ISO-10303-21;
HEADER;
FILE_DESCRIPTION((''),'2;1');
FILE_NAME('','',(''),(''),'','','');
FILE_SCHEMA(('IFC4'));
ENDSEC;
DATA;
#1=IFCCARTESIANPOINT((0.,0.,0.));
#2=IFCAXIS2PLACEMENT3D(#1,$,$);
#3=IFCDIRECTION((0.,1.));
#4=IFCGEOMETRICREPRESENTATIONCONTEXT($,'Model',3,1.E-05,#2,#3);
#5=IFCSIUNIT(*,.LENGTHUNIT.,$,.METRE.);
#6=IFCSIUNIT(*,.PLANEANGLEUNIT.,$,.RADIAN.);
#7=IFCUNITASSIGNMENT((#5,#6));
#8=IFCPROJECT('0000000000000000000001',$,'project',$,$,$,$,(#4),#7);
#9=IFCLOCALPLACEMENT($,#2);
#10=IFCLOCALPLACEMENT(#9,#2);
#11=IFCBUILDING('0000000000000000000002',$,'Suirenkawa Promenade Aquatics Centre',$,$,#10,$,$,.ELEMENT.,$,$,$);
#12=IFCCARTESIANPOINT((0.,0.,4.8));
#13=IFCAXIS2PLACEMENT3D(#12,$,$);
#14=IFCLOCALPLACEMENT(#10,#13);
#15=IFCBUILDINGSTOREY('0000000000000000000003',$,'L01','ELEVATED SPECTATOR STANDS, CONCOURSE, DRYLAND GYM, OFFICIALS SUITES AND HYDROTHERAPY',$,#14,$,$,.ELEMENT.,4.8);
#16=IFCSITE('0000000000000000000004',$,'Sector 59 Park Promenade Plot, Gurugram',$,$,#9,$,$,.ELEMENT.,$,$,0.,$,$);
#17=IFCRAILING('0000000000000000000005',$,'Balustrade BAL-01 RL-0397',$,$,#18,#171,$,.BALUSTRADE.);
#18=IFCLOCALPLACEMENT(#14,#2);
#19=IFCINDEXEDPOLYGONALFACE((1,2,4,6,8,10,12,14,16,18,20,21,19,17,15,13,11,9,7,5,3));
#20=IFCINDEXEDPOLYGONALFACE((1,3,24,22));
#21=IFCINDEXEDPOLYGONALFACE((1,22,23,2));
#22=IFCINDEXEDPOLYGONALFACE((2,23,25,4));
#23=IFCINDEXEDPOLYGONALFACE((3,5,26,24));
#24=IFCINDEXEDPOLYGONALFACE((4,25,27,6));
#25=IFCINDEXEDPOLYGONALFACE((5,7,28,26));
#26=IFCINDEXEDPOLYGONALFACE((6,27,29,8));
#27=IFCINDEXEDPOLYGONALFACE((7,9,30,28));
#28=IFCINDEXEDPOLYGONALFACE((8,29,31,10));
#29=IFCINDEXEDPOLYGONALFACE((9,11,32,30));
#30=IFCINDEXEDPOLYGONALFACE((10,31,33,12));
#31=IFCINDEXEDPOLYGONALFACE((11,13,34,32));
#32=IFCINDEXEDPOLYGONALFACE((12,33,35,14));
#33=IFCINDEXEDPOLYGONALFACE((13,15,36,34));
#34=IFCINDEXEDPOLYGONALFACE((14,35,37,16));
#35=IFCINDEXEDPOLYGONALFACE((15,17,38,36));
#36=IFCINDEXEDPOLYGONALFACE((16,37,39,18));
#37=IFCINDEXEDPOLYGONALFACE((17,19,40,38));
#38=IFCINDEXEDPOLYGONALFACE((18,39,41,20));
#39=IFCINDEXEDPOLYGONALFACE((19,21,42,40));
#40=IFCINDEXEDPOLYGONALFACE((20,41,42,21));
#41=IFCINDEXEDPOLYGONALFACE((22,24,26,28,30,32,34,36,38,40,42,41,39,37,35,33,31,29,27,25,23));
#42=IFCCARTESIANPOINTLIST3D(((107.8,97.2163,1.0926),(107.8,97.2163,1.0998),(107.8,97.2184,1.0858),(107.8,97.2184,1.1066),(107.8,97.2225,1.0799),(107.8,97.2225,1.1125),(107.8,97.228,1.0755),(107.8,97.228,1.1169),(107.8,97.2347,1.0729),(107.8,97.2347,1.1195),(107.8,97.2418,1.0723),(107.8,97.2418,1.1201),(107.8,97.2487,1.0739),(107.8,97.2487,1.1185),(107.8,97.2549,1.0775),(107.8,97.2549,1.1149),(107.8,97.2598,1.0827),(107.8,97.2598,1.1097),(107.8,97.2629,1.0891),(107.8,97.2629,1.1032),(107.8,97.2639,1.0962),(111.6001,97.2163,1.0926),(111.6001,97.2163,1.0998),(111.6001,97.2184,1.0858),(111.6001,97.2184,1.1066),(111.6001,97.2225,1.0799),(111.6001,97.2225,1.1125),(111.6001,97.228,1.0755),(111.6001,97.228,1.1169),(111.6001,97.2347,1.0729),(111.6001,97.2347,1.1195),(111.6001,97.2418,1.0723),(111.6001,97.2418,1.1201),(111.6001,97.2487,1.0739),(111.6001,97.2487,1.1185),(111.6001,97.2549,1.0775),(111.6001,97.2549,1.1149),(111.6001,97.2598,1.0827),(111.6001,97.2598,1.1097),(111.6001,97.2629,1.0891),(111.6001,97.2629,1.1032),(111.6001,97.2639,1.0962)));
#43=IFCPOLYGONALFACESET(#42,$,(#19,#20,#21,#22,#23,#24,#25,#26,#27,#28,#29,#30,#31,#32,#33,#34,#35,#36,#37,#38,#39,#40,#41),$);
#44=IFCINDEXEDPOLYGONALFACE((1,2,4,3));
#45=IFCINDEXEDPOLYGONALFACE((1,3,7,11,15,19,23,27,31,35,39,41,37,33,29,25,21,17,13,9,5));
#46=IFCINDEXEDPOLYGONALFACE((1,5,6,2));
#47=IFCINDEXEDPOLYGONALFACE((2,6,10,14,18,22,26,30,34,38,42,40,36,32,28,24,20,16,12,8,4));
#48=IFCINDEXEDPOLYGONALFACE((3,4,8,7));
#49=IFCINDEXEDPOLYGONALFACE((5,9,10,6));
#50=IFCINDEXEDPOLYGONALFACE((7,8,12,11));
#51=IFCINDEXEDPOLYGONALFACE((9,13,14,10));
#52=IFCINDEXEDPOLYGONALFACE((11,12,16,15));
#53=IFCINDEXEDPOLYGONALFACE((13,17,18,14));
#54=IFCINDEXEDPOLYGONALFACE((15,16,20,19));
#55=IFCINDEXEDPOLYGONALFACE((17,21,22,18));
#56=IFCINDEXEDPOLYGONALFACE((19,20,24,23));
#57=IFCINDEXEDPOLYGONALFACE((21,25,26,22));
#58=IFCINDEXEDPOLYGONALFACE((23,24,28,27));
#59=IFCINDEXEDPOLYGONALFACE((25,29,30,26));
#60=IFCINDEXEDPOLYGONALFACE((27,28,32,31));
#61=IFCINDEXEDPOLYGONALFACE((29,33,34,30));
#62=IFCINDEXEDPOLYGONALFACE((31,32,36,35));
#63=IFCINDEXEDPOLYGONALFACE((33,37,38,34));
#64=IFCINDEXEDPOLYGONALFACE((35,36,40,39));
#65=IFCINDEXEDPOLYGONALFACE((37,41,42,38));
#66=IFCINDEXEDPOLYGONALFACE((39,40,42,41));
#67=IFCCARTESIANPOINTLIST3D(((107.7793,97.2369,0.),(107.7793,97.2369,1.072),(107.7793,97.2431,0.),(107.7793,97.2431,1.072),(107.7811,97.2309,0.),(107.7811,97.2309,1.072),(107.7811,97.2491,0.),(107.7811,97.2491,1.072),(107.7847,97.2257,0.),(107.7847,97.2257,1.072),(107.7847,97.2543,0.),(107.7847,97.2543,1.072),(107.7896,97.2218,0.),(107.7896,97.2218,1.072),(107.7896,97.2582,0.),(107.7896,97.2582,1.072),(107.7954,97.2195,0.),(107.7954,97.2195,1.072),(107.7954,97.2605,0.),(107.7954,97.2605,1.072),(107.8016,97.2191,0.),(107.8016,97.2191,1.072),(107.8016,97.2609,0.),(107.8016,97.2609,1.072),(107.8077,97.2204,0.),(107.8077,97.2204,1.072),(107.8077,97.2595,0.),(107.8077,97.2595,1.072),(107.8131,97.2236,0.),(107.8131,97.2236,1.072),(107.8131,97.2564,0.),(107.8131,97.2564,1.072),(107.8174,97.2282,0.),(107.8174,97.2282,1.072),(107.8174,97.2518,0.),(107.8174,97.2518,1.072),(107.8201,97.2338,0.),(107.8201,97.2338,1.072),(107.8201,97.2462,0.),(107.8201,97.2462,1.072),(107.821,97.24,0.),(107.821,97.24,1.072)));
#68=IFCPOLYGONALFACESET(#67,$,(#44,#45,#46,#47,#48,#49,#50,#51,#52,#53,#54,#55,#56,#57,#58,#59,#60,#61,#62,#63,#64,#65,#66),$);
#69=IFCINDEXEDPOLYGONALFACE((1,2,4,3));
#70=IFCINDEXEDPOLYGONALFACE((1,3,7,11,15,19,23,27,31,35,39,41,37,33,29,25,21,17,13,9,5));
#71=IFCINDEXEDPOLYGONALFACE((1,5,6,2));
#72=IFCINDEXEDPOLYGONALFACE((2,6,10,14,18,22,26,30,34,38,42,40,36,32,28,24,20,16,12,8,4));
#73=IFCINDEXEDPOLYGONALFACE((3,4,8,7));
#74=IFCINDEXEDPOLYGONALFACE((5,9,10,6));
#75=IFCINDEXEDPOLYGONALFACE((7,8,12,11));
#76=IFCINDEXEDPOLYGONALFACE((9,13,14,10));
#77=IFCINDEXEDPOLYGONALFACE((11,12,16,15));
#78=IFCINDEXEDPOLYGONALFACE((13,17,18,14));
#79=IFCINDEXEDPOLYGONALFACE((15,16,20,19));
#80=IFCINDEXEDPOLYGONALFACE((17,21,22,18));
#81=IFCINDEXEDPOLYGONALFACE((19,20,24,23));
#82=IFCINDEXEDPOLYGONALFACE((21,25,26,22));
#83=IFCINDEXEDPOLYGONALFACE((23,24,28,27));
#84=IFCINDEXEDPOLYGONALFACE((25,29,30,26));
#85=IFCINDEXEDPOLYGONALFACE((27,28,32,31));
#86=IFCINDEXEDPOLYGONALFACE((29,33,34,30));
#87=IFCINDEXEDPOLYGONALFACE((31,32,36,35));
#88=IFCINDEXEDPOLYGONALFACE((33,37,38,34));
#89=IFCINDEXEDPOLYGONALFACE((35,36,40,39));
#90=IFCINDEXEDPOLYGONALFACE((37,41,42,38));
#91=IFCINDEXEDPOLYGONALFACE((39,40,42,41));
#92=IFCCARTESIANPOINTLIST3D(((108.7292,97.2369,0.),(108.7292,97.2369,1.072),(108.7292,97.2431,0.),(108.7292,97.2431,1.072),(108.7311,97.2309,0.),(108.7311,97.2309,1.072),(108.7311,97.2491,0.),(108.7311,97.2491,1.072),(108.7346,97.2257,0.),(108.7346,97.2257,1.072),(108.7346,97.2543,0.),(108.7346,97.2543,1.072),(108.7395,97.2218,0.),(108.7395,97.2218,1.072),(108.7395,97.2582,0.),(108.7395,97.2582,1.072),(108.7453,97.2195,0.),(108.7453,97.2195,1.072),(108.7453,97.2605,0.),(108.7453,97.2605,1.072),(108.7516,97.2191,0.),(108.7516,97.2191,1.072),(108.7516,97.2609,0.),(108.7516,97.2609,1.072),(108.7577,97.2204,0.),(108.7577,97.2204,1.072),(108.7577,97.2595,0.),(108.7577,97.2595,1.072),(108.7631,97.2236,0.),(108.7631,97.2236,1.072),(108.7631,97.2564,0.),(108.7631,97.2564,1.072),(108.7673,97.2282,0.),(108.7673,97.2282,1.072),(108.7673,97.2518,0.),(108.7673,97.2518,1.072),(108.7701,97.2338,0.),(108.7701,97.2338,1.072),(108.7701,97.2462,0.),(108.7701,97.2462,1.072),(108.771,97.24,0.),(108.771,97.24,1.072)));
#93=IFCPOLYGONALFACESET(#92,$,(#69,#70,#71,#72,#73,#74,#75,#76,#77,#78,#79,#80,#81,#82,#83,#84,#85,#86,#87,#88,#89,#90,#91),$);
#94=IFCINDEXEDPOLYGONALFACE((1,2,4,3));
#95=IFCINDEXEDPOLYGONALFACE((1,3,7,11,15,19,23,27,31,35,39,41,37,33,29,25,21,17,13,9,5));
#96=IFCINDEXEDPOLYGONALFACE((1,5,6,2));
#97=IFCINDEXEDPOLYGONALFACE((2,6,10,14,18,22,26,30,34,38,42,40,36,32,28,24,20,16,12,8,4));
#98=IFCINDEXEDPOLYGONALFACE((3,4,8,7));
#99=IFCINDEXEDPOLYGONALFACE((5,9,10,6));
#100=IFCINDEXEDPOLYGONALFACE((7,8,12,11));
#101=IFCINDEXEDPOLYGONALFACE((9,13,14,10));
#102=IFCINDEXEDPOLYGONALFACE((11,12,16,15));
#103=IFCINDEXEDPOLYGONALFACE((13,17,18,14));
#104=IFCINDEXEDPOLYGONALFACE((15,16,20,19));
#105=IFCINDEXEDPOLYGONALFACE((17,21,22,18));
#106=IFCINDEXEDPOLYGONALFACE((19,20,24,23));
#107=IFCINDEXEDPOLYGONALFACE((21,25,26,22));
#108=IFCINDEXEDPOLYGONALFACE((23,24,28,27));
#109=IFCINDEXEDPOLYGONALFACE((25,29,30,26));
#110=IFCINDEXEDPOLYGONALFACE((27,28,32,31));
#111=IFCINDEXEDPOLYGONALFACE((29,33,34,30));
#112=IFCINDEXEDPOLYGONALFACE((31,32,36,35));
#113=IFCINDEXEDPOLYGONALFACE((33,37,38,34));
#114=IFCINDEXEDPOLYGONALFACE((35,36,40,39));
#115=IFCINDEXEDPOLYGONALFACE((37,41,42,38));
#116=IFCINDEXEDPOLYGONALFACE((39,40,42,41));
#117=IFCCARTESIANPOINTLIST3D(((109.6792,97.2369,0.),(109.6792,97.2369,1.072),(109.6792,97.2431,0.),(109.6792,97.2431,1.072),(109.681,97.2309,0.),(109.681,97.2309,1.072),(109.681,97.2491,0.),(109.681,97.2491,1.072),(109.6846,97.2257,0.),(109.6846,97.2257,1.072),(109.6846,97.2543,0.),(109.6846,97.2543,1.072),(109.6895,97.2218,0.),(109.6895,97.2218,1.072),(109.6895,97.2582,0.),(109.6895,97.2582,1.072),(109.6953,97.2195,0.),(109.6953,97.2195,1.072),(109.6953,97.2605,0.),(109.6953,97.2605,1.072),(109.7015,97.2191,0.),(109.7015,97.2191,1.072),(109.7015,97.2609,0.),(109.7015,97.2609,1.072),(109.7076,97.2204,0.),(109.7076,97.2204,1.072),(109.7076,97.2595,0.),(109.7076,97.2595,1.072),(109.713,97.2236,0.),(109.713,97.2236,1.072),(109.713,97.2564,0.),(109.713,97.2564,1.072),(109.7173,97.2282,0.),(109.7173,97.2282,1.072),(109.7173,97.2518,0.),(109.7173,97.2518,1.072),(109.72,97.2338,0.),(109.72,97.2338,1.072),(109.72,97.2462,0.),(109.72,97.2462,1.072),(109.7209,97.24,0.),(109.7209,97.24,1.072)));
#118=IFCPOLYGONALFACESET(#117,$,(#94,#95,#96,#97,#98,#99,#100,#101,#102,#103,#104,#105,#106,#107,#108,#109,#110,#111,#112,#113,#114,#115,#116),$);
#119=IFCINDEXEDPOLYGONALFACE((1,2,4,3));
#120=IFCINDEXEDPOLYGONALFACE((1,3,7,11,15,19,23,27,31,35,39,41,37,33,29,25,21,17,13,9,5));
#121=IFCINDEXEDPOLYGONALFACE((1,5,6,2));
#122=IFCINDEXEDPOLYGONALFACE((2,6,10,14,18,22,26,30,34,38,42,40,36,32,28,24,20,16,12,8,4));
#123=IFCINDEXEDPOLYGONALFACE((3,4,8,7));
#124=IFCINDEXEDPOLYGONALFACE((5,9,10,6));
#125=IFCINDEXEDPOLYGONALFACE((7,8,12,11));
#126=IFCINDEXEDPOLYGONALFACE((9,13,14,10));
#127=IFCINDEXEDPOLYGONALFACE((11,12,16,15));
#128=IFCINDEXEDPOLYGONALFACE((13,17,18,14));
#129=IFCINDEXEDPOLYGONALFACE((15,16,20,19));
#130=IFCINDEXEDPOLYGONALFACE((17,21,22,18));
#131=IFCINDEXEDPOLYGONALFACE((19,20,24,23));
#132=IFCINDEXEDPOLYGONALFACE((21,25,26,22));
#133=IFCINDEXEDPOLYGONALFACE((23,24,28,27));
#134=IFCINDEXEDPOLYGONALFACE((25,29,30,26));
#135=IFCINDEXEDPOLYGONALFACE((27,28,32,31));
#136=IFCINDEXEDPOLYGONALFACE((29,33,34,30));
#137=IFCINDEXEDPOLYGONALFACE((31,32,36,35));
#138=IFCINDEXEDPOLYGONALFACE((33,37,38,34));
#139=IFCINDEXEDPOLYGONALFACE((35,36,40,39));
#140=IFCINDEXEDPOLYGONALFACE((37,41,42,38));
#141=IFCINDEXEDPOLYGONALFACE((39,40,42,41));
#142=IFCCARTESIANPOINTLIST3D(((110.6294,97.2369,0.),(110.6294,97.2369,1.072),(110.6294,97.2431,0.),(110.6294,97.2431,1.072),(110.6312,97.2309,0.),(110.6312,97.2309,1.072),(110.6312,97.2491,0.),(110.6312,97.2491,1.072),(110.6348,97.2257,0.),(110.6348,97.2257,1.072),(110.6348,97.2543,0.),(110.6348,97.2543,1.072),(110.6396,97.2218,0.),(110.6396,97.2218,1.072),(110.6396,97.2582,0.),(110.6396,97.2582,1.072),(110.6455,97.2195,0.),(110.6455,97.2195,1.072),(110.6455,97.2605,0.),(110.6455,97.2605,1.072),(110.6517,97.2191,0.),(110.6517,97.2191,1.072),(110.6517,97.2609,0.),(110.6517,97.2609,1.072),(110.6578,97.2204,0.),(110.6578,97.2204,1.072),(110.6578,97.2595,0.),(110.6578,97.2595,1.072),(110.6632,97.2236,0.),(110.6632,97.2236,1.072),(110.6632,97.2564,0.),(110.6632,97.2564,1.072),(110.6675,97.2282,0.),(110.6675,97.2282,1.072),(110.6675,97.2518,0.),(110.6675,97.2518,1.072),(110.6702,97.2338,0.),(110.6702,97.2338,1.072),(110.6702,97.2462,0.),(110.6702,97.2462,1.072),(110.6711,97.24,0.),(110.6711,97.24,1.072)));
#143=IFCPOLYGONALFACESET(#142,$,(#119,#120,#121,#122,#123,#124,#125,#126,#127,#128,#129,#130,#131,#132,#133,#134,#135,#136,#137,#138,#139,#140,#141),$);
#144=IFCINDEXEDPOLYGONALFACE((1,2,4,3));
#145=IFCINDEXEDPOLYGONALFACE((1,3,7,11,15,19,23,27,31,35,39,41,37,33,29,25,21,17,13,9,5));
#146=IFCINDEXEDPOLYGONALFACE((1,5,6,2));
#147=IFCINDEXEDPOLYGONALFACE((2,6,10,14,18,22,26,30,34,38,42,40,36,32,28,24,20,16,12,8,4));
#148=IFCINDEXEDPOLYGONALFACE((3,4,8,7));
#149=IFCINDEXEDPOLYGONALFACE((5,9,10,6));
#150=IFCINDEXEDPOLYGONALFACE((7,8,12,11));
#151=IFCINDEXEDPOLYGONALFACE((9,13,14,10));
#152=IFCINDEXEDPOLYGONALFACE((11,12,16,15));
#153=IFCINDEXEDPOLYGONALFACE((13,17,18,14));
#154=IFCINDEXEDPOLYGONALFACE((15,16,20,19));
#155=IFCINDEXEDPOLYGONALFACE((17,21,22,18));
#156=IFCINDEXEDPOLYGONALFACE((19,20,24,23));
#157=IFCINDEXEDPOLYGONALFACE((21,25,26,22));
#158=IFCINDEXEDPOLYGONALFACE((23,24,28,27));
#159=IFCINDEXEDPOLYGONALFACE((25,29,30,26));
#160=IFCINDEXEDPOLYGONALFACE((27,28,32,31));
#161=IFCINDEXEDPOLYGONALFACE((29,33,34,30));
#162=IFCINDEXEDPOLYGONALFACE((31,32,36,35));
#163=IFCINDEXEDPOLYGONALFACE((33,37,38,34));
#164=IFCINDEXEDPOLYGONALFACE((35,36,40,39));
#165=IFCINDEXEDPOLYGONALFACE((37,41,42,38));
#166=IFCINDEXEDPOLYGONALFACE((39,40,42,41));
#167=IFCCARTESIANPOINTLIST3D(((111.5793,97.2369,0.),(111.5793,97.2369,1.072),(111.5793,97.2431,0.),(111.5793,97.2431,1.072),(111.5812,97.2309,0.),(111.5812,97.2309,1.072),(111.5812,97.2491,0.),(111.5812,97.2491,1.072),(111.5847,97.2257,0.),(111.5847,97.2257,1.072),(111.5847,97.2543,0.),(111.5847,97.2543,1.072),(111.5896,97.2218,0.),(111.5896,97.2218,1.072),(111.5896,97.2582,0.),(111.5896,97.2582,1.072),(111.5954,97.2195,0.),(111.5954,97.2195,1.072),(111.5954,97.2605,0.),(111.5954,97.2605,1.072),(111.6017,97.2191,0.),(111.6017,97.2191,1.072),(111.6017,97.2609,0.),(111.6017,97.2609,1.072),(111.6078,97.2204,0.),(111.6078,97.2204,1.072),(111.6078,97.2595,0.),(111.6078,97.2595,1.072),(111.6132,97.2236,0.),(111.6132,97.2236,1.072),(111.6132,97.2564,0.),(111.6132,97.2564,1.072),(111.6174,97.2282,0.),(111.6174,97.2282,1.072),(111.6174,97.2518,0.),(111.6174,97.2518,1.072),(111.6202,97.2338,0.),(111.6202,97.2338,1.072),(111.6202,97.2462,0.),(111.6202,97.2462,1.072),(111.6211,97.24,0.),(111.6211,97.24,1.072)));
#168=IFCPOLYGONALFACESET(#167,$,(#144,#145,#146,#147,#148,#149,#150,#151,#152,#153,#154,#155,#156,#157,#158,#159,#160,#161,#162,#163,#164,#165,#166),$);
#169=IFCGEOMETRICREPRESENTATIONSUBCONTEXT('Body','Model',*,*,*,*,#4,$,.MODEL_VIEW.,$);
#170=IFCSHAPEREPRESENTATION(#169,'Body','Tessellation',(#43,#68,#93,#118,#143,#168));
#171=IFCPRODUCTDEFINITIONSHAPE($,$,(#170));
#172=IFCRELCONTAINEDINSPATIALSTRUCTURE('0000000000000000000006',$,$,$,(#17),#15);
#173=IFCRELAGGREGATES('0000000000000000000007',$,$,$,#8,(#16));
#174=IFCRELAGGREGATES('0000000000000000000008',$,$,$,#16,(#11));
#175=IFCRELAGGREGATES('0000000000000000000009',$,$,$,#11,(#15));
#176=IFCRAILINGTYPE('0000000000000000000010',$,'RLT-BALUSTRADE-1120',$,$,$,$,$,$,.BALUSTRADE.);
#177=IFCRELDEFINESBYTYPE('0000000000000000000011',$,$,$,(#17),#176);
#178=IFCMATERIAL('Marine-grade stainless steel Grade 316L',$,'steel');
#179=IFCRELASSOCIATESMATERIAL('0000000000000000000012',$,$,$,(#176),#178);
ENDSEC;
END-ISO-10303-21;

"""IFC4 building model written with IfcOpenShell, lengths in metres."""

from ifc_helpers import new_model, si_unit, direction, frame, origin, origin_2d, place, context, subcontext, project, spatial, circle, extrude, material, type_object, element, save


model = new_model("IFC4")

# Units and contexts
model_context = context("Model", 3, precision=1e-05, world=origin(), true_north=direction((0.0, 1.0)))
body_context = subcontext(model_context, "Body", "Model", "MODEL_VIEW")
ifc_project = project(units=[si_unit("LENGTHUNIT", "METRE"), si_unit("PLANEANGLEUNIT", "RADIAN")], contexts=[model_context])

# Site, building, storey
site_placement = place(None, origin())
site = spatial("IfcSite", under=ifc_project, at=site_placement, Name="Sector 59 Park Promenade Plot, Gurugram", CompositionType="ELEMENT", RefElevation=0.0)
building_placement = place(site_placement, origin())
building = spatial("IfcBuilding", under=site, at=building_placement, Name="Suirenkawa Promenade Aquatics Centre", CompositionType="ELEMENT")
storey_placement = place(building_placement, frame((0.0, 0.0, 4.8)))
storey = spatial("IfcBuildingStorey", under=building, at=storey_placement, Name="L01", Description="ELEVATED SPECTATOR STANDS, CONCOURSE, DRYLAND GYM, OFFICIALS SUITES AND HYDROTHERAPY", CompositionType="ELEMENT", Elevation=4.8)

# Railing
ifc_material_1 = material(Name="Marine-grade stainless steel Grade 316L", Category="steel")
railing_type = type_object("IfcRailingType", Name="RLT-BALUSTRADE-1120", PredefinedType="BALUSTRADE", material=ifc_material_1)
for number, where, name in (
    (1, (107.8, 97.24, 0.0), "Balustrade BAL-01 RL-0397"),
):
    element("IfcRailing", number, at=place(storey_placement, frame(where)), inside=storey, type_object=railing_type, Name=name, PredefinedType="BALUSTRADE", context=body_context, shape_type="SweptSolid", body=[
        extrude(circle(Radius=0.0239, at=origin_2d()), frame((0.0, 0.0, 1.0962), z_axis=(1.0, 0.0, 0.0), x_axis=(0.0, 1.0, 0.0)), (0.0, 0.0, 1.0), 3.8),
        extrude(circle(Radius=0.021, at=origin_2d()), origin(), (0.0, 0.0, 1.0), 1.072),
        extrude(circle(Radius=0.021, at=origin_2d()), frame((0.95, 0.0, 0.0)), (0.0, 0.0, 1.0), 1.072),
        extrude(circle(Radius=0.021, at=origin_2d()), frame((1.8999, 0.0, 0.0)), (0.0, 0.0, 1.0), 1.072),
        extrude(circle(Radius=0.021, at=origin_2d()), frame((2.8501, 0.0, 0.0)), (0.0, 0.0, 1.0), 1.072),
        extrude(circle(Radius=0.021, at=origin_2d()), frame((3.8, 0.0, 0.0)), (0.0, 0.0, 1.0), 1.072),
    ])

save(model, "model.ifc")
